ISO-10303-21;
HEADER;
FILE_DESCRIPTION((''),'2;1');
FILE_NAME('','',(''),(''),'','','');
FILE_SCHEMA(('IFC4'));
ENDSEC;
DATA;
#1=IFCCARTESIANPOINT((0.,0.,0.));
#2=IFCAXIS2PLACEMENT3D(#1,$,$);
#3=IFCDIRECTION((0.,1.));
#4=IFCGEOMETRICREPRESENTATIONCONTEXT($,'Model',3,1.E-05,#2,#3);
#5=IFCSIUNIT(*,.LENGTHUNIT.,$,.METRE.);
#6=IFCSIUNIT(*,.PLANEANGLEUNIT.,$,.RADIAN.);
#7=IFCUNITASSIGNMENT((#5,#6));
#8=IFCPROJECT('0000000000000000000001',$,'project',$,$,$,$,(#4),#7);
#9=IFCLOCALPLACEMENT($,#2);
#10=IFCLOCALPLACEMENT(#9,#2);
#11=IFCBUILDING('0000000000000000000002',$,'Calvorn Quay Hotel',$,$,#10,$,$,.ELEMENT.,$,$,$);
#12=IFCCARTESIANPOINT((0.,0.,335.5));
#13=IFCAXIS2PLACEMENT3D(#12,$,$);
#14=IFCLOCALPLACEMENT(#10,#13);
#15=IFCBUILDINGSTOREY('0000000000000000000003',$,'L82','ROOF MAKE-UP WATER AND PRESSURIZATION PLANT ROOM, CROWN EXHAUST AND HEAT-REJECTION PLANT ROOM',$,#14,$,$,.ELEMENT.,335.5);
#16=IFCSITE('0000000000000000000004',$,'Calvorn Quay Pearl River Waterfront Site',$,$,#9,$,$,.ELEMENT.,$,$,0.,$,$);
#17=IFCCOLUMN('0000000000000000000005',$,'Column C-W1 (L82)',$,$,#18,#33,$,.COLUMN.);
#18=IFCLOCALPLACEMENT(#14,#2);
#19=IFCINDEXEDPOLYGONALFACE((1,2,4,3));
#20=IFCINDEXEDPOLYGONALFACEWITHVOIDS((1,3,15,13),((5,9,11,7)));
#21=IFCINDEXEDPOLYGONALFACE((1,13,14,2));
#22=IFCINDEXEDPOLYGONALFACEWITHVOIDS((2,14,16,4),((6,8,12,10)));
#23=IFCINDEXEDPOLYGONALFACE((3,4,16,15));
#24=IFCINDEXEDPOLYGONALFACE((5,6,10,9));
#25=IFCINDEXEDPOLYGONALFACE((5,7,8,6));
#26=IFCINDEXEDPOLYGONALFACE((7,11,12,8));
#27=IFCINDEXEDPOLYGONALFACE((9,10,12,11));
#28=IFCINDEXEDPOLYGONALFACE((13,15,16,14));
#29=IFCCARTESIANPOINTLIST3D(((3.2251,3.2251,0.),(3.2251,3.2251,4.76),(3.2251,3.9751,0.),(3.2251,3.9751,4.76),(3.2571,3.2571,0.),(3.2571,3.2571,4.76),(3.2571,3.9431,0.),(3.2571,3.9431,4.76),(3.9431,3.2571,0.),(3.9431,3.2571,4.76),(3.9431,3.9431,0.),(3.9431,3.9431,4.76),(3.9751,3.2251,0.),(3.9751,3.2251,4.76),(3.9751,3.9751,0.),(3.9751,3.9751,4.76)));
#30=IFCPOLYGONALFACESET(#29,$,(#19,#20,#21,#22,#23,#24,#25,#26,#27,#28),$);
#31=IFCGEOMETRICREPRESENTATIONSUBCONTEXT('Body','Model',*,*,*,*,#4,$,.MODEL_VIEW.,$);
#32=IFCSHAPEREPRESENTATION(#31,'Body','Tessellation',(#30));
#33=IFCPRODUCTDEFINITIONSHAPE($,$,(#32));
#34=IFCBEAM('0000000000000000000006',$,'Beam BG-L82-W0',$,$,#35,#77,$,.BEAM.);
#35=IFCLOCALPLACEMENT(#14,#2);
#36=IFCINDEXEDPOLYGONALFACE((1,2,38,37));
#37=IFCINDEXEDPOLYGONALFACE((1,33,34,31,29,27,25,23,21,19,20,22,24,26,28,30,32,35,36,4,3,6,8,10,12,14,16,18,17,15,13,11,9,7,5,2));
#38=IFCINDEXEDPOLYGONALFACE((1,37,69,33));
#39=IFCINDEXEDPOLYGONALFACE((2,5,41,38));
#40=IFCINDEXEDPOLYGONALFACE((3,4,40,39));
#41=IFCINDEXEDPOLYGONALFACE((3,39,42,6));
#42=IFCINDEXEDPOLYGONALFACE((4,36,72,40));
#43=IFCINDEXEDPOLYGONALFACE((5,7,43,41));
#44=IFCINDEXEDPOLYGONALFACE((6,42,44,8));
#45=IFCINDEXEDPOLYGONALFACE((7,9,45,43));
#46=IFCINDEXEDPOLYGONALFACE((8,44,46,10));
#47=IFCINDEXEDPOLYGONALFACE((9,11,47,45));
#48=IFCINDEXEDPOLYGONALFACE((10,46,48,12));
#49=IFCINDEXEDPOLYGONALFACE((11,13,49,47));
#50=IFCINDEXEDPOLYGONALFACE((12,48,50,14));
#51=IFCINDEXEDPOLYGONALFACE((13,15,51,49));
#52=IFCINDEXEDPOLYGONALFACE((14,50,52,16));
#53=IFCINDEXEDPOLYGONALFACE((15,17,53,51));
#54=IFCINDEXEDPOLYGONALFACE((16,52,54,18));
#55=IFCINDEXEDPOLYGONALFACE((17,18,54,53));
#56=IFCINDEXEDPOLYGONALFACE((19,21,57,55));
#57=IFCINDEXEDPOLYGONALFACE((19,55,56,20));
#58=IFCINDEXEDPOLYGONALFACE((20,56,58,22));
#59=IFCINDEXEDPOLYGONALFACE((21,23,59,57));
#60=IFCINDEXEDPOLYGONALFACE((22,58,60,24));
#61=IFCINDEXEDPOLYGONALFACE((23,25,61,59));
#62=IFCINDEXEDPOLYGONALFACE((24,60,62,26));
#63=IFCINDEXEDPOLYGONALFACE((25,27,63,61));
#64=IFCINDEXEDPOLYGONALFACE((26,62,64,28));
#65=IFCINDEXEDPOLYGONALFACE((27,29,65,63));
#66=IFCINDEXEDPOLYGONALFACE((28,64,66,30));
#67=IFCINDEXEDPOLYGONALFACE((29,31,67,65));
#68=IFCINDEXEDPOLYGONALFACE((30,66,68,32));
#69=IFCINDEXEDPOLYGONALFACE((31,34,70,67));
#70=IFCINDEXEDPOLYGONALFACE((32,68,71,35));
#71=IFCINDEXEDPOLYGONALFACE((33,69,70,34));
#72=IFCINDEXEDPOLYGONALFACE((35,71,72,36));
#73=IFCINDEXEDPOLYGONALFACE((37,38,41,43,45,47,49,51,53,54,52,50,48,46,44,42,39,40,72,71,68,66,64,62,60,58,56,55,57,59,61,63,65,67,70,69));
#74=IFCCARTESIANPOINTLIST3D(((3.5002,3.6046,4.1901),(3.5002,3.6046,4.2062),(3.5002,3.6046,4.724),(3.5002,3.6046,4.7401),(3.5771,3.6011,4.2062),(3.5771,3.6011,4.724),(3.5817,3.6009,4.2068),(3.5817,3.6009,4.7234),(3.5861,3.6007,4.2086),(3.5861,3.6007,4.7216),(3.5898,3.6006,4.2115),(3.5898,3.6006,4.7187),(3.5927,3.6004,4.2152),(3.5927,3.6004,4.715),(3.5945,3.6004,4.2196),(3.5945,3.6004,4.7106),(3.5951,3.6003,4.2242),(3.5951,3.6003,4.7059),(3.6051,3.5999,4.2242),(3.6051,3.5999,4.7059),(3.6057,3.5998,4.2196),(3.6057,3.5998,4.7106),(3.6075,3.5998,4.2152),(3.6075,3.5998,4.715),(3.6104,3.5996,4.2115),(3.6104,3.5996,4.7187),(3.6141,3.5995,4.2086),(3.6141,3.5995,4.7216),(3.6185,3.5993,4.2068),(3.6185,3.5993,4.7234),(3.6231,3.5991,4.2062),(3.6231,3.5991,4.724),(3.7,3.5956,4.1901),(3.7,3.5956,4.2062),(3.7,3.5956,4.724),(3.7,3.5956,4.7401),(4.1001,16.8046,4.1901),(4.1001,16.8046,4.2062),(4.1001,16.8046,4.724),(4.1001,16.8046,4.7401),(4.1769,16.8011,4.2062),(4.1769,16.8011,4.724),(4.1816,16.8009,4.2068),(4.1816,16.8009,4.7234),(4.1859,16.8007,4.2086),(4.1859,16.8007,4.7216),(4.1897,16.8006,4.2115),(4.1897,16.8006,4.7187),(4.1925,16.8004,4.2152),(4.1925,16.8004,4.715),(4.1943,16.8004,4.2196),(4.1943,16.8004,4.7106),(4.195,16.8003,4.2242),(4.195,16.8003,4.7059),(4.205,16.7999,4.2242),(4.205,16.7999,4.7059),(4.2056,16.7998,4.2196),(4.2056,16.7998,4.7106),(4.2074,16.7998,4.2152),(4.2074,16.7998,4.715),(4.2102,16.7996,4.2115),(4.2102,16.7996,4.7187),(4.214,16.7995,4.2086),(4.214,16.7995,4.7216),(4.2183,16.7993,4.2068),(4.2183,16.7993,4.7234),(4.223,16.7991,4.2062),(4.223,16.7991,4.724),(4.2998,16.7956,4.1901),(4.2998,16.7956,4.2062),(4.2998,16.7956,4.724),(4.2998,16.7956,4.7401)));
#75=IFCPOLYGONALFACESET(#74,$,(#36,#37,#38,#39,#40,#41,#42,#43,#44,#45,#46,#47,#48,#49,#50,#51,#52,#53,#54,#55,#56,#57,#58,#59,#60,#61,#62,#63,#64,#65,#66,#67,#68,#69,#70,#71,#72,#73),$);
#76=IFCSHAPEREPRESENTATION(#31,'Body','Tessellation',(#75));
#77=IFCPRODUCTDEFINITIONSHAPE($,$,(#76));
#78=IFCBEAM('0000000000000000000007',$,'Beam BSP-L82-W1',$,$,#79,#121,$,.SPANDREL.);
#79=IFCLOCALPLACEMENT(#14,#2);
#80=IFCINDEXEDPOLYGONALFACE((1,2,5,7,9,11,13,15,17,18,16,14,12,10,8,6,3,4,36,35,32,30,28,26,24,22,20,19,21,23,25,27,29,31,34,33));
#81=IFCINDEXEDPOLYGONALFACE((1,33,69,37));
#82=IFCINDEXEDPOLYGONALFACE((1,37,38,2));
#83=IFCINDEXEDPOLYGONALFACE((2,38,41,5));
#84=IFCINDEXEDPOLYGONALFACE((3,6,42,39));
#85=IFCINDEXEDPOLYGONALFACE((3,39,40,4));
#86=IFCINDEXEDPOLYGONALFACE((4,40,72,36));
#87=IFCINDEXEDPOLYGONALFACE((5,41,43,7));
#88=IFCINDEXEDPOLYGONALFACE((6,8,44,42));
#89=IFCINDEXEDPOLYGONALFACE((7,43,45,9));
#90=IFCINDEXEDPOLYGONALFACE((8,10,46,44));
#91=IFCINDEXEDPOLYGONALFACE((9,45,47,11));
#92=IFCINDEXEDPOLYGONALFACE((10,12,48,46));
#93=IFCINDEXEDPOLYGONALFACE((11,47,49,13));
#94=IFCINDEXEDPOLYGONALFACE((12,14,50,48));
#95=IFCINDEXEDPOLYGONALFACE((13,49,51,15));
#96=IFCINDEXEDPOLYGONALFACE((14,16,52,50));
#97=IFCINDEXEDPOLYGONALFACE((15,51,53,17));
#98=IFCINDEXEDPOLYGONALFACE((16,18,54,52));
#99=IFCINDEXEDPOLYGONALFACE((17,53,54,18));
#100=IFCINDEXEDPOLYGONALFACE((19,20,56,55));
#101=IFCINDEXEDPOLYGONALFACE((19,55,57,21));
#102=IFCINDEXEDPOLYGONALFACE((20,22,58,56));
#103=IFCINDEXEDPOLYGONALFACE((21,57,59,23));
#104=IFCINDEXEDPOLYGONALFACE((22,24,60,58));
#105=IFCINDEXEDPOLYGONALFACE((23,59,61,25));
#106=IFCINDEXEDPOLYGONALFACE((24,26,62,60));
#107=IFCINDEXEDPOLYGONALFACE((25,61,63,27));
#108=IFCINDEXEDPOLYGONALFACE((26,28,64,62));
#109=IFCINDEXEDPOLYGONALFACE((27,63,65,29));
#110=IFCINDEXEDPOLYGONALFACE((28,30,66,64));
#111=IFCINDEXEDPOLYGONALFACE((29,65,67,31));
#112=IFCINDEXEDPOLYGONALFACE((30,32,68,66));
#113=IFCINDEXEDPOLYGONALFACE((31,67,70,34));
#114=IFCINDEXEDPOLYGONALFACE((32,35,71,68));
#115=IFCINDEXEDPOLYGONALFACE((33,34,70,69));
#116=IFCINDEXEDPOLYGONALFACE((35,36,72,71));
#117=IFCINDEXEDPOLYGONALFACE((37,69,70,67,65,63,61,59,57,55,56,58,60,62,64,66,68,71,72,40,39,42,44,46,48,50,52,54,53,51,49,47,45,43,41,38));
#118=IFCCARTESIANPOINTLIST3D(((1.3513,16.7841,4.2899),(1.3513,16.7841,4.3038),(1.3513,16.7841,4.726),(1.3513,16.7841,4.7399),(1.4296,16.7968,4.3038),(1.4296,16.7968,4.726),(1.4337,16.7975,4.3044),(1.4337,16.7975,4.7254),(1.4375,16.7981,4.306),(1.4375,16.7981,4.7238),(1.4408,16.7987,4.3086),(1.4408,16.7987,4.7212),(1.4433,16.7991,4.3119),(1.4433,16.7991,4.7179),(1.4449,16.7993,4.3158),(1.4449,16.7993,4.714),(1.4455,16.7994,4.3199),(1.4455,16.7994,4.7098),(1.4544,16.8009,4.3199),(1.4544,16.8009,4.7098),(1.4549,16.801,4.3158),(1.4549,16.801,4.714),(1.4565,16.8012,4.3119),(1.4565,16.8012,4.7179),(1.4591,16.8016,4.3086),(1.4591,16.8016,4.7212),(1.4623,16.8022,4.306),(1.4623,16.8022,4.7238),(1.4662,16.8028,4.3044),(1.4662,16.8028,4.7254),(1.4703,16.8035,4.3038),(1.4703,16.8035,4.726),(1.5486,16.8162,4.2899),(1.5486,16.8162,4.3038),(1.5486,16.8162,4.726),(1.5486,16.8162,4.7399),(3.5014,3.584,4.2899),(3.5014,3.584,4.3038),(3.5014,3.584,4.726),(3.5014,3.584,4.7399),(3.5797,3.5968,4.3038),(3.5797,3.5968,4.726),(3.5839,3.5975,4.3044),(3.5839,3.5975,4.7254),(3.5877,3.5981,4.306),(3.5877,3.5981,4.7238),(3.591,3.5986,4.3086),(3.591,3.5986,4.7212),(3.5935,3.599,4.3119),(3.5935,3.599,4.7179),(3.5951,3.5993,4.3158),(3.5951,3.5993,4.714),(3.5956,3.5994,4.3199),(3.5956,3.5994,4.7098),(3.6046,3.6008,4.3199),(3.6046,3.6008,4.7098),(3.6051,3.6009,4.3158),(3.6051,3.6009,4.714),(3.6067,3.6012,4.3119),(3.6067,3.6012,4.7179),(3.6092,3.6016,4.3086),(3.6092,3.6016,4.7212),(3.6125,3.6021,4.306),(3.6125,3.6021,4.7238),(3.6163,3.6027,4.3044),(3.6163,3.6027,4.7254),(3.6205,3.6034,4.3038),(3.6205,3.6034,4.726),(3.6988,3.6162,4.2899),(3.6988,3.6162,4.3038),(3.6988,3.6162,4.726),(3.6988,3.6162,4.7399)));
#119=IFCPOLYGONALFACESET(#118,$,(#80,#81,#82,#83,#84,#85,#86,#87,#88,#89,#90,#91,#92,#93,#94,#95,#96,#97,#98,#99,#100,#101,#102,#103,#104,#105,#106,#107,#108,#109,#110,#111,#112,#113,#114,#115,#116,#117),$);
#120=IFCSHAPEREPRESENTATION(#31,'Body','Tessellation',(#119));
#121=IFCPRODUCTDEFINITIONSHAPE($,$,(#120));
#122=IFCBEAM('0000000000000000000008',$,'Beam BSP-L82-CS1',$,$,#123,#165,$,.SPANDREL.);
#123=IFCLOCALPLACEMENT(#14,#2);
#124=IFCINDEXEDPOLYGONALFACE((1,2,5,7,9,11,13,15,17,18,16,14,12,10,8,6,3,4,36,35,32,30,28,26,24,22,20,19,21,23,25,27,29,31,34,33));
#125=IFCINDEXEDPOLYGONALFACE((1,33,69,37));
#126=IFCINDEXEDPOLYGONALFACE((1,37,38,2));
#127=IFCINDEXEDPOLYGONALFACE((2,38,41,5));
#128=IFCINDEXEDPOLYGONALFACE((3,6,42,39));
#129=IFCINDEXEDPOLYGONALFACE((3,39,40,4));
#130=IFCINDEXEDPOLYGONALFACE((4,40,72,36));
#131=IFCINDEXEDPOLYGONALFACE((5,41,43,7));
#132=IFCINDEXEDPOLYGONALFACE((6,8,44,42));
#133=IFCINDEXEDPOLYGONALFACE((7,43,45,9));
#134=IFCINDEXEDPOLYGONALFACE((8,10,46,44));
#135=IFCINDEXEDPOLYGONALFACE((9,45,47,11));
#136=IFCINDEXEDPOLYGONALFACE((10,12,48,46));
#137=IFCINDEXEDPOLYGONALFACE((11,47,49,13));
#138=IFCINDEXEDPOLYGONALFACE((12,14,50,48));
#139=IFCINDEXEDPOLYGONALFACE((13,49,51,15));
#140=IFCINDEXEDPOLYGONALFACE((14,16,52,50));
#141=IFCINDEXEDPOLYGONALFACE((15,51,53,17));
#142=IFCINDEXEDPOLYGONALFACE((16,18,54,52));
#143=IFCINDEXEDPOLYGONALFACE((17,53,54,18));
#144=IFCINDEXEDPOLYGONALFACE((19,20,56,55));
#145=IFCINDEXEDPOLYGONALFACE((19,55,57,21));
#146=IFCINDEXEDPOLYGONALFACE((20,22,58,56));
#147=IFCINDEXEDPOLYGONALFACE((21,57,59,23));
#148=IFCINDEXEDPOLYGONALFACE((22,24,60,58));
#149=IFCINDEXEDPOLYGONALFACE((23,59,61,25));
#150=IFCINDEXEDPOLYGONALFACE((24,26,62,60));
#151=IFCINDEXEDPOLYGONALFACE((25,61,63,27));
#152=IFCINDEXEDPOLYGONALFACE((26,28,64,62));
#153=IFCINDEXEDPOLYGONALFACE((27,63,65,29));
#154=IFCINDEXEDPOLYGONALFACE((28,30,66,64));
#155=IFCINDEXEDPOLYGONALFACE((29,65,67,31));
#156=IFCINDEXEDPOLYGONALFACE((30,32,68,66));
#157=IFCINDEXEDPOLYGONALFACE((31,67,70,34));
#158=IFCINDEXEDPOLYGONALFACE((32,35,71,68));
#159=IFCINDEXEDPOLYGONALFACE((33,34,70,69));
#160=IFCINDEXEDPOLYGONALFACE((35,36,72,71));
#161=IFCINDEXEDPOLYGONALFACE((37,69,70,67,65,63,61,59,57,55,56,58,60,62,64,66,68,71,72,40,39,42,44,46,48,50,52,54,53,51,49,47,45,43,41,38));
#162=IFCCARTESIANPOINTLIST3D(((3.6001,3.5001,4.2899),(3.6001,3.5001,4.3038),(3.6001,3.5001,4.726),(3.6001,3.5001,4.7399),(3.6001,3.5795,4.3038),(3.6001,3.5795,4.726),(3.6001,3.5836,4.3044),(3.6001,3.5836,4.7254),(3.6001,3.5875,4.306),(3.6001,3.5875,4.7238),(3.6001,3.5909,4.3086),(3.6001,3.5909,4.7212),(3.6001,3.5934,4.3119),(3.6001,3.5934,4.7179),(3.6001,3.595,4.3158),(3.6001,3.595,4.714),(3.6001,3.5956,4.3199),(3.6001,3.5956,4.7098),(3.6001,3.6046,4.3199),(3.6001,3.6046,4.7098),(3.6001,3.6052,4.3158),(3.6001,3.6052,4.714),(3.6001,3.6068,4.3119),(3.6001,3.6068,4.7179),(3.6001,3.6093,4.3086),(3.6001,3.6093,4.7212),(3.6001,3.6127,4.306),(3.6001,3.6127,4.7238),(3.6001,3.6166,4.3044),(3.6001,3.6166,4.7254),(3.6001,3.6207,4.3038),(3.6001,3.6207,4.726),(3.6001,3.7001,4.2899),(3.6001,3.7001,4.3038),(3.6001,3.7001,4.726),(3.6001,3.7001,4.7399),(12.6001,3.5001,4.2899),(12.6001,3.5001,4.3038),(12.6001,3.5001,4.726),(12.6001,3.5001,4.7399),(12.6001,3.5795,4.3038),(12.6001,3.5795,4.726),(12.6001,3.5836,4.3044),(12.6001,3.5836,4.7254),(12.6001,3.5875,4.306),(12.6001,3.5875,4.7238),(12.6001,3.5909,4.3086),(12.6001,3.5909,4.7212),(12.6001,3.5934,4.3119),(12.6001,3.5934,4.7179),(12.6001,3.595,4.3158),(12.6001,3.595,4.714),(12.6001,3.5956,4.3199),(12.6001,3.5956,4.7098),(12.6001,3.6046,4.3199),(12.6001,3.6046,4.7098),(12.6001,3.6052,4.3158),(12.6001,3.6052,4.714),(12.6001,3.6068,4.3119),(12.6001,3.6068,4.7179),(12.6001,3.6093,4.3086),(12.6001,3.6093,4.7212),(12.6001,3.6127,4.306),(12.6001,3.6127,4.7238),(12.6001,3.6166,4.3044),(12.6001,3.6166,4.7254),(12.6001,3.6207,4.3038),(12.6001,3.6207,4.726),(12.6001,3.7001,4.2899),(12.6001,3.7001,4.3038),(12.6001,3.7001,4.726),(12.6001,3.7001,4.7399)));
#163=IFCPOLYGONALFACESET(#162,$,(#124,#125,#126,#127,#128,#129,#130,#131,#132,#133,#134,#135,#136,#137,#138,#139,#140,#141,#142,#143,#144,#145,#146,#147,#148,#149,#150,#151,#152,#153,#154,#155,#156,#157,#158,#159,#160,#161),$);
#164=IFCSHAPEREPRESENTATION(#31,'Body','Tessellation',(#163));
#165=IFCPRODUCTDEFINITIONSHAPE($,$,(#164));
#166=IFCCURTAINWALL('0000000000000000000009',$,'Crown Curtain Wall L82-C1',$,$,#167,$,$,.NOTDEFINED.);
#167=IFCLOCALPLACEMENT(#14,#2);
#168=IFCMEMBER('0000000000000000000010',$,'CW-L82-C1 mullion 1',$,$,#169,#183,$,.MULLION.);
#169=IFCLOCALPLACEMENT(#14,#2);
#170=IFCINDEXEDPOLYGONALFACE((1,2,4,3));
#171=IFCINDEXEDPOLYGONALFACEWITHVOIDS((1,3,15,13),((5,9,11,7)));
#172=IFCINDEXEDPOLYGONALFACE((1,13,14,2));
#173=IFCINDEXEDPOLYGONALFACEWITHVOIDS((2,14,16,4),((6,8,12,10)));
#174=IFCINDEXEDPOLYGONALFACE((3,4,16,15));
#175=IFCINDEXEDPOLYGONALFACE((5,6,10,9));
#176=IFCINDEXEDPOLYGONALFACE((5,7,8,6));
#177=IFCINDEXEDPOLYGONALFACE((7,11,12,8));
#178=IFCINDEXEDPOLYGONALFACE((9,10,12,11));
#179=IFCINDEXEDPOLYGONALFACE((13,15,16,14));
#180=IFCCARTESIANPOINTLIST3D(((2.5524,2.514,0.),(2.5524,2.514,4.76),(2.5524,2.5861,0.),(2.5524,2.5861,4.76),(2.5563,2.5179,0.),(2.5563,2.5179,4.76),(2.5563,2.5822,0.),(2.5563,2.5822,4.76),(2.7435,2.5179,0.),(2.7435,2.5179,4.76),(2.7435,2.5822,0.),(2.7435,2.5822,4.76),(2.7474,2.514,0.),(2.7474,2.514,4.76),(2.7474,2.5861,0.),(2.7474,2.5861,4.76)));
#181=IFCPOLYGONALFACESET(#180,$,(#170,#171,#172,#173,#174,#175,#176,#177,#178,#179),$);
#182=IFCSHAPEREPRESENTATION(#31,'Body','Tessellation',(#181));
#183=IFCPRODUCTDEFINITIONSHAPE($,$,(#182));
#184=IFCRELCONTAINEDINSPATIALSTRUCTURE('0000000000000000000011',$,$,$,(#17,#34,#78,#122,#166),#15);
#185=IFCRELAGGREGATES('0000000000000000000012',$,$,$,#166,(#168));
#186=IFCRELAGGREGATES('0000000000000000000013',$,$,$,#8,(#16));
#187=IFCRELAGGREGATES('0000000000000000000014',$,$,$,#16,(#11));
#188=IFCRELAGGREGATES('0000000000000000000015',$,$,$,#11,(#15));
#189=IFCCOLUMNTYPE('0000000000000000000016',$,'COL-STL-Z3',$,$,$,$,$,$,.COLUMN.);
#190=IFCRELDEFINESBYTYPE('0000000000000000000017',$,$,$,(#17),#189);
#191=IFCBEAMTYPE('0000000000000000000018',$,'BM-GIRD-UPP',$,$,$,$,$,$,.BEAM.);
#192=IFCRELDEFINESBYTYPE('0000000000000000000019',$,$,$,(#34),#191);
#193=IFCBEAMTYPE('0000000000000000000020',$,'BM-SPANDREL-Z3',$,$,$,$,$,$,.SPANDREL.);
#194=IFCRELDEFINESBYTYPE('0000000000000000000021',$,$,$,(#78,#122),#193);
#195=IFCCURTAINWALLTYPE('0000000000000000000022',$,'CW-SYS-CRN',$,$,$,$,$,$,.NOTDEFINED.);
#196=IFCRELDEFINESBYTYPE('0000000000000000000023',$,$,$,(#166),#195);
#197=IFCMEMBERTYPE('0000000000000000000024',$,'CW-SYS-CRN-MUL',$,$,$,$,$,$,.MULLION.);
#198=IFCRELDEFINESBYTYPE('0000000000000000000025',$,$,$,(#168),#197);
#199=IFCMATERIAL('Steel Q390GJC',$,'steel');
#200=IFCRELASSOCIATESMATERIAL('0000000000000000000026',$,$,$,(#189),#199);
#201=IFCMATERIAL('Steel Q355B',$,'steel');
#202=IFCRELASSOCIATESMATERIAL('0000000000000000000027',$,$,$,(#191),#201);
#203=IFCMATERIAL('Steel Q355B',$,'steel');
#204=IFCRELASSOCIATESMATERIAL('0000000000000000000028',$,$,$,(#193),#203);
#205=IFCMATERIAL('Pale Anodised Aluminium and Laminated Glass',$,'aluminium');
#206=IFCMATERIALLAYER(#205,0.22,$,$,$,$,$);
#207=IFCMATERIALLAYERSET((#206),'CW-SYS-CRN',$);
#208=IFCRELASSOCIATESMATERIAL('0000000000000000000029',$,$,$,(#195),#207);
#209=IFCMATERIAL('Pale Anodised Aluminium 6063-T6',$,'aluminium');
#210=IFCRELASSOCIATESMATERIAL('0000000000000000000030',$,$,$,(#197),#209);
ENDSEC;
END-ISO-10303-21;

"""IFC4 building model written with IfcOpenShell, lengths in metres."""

from ifc_helpers import new_model, si_unit, direction, frame, origin, origin_2d, place, context, subcontext, project, spatial, hollow_rectangle, i_section, extrude, material, layer, layer_set, material_profile, profile_set, type_object, element, aggregate, save


model = new_model("IFC4")

# Units and contexts
model_context = context("Model", 3, precision=1e-05, world=origin(), true_north=direction((0.0, 1.0)))
body_context = subcontext(model_context, "Body", "Model", "MODEL_VIEW")
ifc_project = project(units=[si_unit("LENGTHUNIT", "METRE"), si_unit("PLANEANGLEUNIT", "RADIAN")], contexts=[model_context])

# Site, building, storey
site_placement = place(None, origin())
site = spatial("IfcSite", under=ifc_project, at=site_placement, Name="Calvorn Quay Pearl River Waterfront Site", CompositionType="ELEMENT", RefElevation=0.0)
building_placement = place(site_placement, origin())
building = spatial("IfcBuilding", under=site, at=building_placement, Name="Calvorn Quay Hotel", CompositionType="ELEMENT")
storey_placement = place(building_placement, frame((0.0, 0.0, 335.5)))
storey = spatial("IfcBuildingStorey", under=building, at=storey_placement, Name="L82", Description="ROOF MAKE-UP WATER AND PRESSURIZATION PLANT ROOM, CROWN EXHAUST AND HEAT-REJECTION PLANT ROOM", CompositionType="ELEMENT", Elevation=335.5)

# Column
ifc_material_1 = material(Name="Steel Q390GJC", Category="steel")
ifc_material_profile_1 = material_profile(ifc_material_1, hollow_rectangle(XDim=0.75, YDim=0.75, WallThickness=0.032, at=origin_2d()), Name="BOX750x750x32")
ifc_profile_set_1 = profile_set([ifc_material_profile_1], Name="Steel Q390GJC")
column_type = type_object("IfcColumnType", Name="COL-STL-Z3", PredefinedType="COLUMN", material=ifc_profile_set_1)
column_placement = place(storey_placement, frame((3.6001, 3.6001, 0.0), z_axis=(0.0, 0.0, 1.0), x_axis=(1.0, 0.0, 0.0)))
element("IfcColumn", 1, at=column_placement, inside=storey, type_object=column_type, Name="Column C-W1 (L82)", PredefinedType="COLUMN", context=body_context, shape_type="SweptSolid", body=[
    extrude(hollow_rectangle(XDim=0.75, YDim=0.75, WallThickness=0.032, at=origin_2d()), origin(), (0.0, 0.0, 1.0), 4.76),
])

# Beams
ifc_material_2 = material(Name="Steel Q355B", Category="steel")
ifc_material_profile_2 = material_profile(ifc_material_2, i_section(OverallWidth=0.2, OverallDepth=0.55, WebThickness=0.01, FlangeThickness=0.0161, FilletRadius=0.0181, at=origin_2d()), Name="HN550x200x10x16")
ifc_profile_set_2 = profile_set([ifc_material_profile_2], Name="Steel Q355B")
beam_type_1 = type_object("IfcBeamType", Name="BM-GIRD-UPP", PredefinedType="BEAM", material=ifc_profile_set_2)
beam_1_placement = place(storey_placement, frame((3.6001, 3.6001, 4.4651), z_axis=(0.045397, 0.998969, 0.0), x_axis=(-0.998969, 0.045397, 0.0)))
element("IfcBeam", 2, at=beam_1_placement, inside=storey, type_object=beam_type_1, Name="Beam BG-L82-W0", PredefinedType="BEAM", context=body_context, shape_type="SweptSolid", body=[
    extrude(i_section(OverallWidth=0.2, OverallDepth=0.55, WebThickness=0.01, FlangeThickness=0.0161, FilletRadius=0.0181, at=origin_2d()), origin(), (0.0, 0.0, 1.0), 13.2136),
])
ifc_material_3 = material(Name="Steel Q355B", Category="steel")
ifc_material_profile_3 = material_profile(ifc_material_3, i_section(OverallWidth=0.2, OverallDepth=0.45, WebThickness=0.009, FlangeThickness=0.0139, FilletRadius=0.0161, at=origin_2d()), Name="HN450x200x9x14")
ifc_profile_set_3 = profile_set([ifc_material_profile_3], Name="Steel Q355B")
beam_type_2 = type_object("IfcBeamType", Name="BM-SPANDREL-Z3", PredefinedType="SPANDREL", material=ifc_profile_set_3)
beam_2_placement = place(storey_placement, frame((3.6001, 3.6001, 4.5149), z_axis=(-0.160772, 0.986992, 0.0), x_axis=(-0.986992, -0.160772, 0.0)))
element("IfcBeam", 3, at=beam_2_placement, inside=storey, type_object=beam_type_2, Name="Beam BSP-L82-W1", PredefinedType="SPANDREL", context=body_context, shape_type="SweptSolid", body=[
    extrude(i_section(OverallWidth=0.2, OverallDepth=0.45, WebThickness=0.009, FlangeThickness=0.0139, FilletRadius=0.0161, at=origin_2d()), origin(), (0.0, 0.0, 1.0), 13.374),
])
beam_3_placement = place(storey_placement, frame((3.6001, 3.6001, 4.5149), z_axis=(1.0, 0.0, 0.0), x_axis=(0.0, 1.0, 0.0)))
element("IfcBeam", 4, at=beam_3_placement, inside=storey, type_object=beam_type_2, Name="Beam BSP-L82-CS1", PredefinedType="SPANDREL", context=body_context, shape_type="SweptSolid", body=[
    extrude(i_section(OverallWidth=0.2, OverallDepth=0.45, WebThickness=0.009, FlangeThickness=0.0139, FilletRadius=0.0161, at=origin_2d()), origin(), (0.0, 0.0, 1.0), 9.0),
])

# Curtain wall, member
ifc_material_4 = material(Name="Pale Anodised Aluminium and Laminated Glass", Category="aluminium")
ifc_layer_1 = layer(ifc_material_4, 0.22)
ifc_layer_set_1 = layer_set([ifc_layer_1], Name="CW-SYS-CRN")
curtain_wall_type = type_object("IfcCurtainWallType", Name="CW-SYS-CRN", PredefinedType="NOTDEFINED", material=ifc_layer_set_1)
curtain_wall_1_placement = place(storey_placement, origin())
curtain_wall_1 = element("IfcCurtainWall", 5, at=curtain_wall_1_placement, inside=storey, type_object=curtain_wall_type, Name="Crown Curtain Wall L82-C1", PredefinedType="NOTDEFINED")
ifc_material_5 = material(Name="Pale Anodised Aluminium 6063-T6", Category="aluminium")
ifc_material_profile_4 = material_profile(ifc_material_5, hollow_rectangle(XDim=0.072, YDim=0.1951, WallThickness=0.0039, at=origin_2d()), Name="ALU-M195x72x4")
ifc_profile_set_4 = profile_set([ifc_material_profile_4], Name="Pale Anodised Aluminium 6063-T6")
member_type_1 = type_object("IfcMemberType", Name="CW-SYS-CRN-MUL", PredefinedType="MULLION", material=ifc_profile_set_4)
member_1_placement = place(storey_placement, frame((2.6499, 2.55, 0.0), z_axis=(0.0, 0.0, 1.0), x_axis=(0.0, 1.0, 0.0)))
member_1 = element("IfcMember", 6, at=member_1_placement, type_object=member_type_1, Name="CW-L82-C1 mullion 1", PredefinedType="MULLION", context=body_context, shape_type="SweptSolid", body=[
    extrude(hollow_rectangle(XDim=0.072, YDim=0.1951, WallThickness=0.0039, at=origin_2d()), origin(), (0.0, 0.0, 1.0), 4.76),
])

aggregate(curtain_wall_1, [member_1])

save(model, "model.ifc")
